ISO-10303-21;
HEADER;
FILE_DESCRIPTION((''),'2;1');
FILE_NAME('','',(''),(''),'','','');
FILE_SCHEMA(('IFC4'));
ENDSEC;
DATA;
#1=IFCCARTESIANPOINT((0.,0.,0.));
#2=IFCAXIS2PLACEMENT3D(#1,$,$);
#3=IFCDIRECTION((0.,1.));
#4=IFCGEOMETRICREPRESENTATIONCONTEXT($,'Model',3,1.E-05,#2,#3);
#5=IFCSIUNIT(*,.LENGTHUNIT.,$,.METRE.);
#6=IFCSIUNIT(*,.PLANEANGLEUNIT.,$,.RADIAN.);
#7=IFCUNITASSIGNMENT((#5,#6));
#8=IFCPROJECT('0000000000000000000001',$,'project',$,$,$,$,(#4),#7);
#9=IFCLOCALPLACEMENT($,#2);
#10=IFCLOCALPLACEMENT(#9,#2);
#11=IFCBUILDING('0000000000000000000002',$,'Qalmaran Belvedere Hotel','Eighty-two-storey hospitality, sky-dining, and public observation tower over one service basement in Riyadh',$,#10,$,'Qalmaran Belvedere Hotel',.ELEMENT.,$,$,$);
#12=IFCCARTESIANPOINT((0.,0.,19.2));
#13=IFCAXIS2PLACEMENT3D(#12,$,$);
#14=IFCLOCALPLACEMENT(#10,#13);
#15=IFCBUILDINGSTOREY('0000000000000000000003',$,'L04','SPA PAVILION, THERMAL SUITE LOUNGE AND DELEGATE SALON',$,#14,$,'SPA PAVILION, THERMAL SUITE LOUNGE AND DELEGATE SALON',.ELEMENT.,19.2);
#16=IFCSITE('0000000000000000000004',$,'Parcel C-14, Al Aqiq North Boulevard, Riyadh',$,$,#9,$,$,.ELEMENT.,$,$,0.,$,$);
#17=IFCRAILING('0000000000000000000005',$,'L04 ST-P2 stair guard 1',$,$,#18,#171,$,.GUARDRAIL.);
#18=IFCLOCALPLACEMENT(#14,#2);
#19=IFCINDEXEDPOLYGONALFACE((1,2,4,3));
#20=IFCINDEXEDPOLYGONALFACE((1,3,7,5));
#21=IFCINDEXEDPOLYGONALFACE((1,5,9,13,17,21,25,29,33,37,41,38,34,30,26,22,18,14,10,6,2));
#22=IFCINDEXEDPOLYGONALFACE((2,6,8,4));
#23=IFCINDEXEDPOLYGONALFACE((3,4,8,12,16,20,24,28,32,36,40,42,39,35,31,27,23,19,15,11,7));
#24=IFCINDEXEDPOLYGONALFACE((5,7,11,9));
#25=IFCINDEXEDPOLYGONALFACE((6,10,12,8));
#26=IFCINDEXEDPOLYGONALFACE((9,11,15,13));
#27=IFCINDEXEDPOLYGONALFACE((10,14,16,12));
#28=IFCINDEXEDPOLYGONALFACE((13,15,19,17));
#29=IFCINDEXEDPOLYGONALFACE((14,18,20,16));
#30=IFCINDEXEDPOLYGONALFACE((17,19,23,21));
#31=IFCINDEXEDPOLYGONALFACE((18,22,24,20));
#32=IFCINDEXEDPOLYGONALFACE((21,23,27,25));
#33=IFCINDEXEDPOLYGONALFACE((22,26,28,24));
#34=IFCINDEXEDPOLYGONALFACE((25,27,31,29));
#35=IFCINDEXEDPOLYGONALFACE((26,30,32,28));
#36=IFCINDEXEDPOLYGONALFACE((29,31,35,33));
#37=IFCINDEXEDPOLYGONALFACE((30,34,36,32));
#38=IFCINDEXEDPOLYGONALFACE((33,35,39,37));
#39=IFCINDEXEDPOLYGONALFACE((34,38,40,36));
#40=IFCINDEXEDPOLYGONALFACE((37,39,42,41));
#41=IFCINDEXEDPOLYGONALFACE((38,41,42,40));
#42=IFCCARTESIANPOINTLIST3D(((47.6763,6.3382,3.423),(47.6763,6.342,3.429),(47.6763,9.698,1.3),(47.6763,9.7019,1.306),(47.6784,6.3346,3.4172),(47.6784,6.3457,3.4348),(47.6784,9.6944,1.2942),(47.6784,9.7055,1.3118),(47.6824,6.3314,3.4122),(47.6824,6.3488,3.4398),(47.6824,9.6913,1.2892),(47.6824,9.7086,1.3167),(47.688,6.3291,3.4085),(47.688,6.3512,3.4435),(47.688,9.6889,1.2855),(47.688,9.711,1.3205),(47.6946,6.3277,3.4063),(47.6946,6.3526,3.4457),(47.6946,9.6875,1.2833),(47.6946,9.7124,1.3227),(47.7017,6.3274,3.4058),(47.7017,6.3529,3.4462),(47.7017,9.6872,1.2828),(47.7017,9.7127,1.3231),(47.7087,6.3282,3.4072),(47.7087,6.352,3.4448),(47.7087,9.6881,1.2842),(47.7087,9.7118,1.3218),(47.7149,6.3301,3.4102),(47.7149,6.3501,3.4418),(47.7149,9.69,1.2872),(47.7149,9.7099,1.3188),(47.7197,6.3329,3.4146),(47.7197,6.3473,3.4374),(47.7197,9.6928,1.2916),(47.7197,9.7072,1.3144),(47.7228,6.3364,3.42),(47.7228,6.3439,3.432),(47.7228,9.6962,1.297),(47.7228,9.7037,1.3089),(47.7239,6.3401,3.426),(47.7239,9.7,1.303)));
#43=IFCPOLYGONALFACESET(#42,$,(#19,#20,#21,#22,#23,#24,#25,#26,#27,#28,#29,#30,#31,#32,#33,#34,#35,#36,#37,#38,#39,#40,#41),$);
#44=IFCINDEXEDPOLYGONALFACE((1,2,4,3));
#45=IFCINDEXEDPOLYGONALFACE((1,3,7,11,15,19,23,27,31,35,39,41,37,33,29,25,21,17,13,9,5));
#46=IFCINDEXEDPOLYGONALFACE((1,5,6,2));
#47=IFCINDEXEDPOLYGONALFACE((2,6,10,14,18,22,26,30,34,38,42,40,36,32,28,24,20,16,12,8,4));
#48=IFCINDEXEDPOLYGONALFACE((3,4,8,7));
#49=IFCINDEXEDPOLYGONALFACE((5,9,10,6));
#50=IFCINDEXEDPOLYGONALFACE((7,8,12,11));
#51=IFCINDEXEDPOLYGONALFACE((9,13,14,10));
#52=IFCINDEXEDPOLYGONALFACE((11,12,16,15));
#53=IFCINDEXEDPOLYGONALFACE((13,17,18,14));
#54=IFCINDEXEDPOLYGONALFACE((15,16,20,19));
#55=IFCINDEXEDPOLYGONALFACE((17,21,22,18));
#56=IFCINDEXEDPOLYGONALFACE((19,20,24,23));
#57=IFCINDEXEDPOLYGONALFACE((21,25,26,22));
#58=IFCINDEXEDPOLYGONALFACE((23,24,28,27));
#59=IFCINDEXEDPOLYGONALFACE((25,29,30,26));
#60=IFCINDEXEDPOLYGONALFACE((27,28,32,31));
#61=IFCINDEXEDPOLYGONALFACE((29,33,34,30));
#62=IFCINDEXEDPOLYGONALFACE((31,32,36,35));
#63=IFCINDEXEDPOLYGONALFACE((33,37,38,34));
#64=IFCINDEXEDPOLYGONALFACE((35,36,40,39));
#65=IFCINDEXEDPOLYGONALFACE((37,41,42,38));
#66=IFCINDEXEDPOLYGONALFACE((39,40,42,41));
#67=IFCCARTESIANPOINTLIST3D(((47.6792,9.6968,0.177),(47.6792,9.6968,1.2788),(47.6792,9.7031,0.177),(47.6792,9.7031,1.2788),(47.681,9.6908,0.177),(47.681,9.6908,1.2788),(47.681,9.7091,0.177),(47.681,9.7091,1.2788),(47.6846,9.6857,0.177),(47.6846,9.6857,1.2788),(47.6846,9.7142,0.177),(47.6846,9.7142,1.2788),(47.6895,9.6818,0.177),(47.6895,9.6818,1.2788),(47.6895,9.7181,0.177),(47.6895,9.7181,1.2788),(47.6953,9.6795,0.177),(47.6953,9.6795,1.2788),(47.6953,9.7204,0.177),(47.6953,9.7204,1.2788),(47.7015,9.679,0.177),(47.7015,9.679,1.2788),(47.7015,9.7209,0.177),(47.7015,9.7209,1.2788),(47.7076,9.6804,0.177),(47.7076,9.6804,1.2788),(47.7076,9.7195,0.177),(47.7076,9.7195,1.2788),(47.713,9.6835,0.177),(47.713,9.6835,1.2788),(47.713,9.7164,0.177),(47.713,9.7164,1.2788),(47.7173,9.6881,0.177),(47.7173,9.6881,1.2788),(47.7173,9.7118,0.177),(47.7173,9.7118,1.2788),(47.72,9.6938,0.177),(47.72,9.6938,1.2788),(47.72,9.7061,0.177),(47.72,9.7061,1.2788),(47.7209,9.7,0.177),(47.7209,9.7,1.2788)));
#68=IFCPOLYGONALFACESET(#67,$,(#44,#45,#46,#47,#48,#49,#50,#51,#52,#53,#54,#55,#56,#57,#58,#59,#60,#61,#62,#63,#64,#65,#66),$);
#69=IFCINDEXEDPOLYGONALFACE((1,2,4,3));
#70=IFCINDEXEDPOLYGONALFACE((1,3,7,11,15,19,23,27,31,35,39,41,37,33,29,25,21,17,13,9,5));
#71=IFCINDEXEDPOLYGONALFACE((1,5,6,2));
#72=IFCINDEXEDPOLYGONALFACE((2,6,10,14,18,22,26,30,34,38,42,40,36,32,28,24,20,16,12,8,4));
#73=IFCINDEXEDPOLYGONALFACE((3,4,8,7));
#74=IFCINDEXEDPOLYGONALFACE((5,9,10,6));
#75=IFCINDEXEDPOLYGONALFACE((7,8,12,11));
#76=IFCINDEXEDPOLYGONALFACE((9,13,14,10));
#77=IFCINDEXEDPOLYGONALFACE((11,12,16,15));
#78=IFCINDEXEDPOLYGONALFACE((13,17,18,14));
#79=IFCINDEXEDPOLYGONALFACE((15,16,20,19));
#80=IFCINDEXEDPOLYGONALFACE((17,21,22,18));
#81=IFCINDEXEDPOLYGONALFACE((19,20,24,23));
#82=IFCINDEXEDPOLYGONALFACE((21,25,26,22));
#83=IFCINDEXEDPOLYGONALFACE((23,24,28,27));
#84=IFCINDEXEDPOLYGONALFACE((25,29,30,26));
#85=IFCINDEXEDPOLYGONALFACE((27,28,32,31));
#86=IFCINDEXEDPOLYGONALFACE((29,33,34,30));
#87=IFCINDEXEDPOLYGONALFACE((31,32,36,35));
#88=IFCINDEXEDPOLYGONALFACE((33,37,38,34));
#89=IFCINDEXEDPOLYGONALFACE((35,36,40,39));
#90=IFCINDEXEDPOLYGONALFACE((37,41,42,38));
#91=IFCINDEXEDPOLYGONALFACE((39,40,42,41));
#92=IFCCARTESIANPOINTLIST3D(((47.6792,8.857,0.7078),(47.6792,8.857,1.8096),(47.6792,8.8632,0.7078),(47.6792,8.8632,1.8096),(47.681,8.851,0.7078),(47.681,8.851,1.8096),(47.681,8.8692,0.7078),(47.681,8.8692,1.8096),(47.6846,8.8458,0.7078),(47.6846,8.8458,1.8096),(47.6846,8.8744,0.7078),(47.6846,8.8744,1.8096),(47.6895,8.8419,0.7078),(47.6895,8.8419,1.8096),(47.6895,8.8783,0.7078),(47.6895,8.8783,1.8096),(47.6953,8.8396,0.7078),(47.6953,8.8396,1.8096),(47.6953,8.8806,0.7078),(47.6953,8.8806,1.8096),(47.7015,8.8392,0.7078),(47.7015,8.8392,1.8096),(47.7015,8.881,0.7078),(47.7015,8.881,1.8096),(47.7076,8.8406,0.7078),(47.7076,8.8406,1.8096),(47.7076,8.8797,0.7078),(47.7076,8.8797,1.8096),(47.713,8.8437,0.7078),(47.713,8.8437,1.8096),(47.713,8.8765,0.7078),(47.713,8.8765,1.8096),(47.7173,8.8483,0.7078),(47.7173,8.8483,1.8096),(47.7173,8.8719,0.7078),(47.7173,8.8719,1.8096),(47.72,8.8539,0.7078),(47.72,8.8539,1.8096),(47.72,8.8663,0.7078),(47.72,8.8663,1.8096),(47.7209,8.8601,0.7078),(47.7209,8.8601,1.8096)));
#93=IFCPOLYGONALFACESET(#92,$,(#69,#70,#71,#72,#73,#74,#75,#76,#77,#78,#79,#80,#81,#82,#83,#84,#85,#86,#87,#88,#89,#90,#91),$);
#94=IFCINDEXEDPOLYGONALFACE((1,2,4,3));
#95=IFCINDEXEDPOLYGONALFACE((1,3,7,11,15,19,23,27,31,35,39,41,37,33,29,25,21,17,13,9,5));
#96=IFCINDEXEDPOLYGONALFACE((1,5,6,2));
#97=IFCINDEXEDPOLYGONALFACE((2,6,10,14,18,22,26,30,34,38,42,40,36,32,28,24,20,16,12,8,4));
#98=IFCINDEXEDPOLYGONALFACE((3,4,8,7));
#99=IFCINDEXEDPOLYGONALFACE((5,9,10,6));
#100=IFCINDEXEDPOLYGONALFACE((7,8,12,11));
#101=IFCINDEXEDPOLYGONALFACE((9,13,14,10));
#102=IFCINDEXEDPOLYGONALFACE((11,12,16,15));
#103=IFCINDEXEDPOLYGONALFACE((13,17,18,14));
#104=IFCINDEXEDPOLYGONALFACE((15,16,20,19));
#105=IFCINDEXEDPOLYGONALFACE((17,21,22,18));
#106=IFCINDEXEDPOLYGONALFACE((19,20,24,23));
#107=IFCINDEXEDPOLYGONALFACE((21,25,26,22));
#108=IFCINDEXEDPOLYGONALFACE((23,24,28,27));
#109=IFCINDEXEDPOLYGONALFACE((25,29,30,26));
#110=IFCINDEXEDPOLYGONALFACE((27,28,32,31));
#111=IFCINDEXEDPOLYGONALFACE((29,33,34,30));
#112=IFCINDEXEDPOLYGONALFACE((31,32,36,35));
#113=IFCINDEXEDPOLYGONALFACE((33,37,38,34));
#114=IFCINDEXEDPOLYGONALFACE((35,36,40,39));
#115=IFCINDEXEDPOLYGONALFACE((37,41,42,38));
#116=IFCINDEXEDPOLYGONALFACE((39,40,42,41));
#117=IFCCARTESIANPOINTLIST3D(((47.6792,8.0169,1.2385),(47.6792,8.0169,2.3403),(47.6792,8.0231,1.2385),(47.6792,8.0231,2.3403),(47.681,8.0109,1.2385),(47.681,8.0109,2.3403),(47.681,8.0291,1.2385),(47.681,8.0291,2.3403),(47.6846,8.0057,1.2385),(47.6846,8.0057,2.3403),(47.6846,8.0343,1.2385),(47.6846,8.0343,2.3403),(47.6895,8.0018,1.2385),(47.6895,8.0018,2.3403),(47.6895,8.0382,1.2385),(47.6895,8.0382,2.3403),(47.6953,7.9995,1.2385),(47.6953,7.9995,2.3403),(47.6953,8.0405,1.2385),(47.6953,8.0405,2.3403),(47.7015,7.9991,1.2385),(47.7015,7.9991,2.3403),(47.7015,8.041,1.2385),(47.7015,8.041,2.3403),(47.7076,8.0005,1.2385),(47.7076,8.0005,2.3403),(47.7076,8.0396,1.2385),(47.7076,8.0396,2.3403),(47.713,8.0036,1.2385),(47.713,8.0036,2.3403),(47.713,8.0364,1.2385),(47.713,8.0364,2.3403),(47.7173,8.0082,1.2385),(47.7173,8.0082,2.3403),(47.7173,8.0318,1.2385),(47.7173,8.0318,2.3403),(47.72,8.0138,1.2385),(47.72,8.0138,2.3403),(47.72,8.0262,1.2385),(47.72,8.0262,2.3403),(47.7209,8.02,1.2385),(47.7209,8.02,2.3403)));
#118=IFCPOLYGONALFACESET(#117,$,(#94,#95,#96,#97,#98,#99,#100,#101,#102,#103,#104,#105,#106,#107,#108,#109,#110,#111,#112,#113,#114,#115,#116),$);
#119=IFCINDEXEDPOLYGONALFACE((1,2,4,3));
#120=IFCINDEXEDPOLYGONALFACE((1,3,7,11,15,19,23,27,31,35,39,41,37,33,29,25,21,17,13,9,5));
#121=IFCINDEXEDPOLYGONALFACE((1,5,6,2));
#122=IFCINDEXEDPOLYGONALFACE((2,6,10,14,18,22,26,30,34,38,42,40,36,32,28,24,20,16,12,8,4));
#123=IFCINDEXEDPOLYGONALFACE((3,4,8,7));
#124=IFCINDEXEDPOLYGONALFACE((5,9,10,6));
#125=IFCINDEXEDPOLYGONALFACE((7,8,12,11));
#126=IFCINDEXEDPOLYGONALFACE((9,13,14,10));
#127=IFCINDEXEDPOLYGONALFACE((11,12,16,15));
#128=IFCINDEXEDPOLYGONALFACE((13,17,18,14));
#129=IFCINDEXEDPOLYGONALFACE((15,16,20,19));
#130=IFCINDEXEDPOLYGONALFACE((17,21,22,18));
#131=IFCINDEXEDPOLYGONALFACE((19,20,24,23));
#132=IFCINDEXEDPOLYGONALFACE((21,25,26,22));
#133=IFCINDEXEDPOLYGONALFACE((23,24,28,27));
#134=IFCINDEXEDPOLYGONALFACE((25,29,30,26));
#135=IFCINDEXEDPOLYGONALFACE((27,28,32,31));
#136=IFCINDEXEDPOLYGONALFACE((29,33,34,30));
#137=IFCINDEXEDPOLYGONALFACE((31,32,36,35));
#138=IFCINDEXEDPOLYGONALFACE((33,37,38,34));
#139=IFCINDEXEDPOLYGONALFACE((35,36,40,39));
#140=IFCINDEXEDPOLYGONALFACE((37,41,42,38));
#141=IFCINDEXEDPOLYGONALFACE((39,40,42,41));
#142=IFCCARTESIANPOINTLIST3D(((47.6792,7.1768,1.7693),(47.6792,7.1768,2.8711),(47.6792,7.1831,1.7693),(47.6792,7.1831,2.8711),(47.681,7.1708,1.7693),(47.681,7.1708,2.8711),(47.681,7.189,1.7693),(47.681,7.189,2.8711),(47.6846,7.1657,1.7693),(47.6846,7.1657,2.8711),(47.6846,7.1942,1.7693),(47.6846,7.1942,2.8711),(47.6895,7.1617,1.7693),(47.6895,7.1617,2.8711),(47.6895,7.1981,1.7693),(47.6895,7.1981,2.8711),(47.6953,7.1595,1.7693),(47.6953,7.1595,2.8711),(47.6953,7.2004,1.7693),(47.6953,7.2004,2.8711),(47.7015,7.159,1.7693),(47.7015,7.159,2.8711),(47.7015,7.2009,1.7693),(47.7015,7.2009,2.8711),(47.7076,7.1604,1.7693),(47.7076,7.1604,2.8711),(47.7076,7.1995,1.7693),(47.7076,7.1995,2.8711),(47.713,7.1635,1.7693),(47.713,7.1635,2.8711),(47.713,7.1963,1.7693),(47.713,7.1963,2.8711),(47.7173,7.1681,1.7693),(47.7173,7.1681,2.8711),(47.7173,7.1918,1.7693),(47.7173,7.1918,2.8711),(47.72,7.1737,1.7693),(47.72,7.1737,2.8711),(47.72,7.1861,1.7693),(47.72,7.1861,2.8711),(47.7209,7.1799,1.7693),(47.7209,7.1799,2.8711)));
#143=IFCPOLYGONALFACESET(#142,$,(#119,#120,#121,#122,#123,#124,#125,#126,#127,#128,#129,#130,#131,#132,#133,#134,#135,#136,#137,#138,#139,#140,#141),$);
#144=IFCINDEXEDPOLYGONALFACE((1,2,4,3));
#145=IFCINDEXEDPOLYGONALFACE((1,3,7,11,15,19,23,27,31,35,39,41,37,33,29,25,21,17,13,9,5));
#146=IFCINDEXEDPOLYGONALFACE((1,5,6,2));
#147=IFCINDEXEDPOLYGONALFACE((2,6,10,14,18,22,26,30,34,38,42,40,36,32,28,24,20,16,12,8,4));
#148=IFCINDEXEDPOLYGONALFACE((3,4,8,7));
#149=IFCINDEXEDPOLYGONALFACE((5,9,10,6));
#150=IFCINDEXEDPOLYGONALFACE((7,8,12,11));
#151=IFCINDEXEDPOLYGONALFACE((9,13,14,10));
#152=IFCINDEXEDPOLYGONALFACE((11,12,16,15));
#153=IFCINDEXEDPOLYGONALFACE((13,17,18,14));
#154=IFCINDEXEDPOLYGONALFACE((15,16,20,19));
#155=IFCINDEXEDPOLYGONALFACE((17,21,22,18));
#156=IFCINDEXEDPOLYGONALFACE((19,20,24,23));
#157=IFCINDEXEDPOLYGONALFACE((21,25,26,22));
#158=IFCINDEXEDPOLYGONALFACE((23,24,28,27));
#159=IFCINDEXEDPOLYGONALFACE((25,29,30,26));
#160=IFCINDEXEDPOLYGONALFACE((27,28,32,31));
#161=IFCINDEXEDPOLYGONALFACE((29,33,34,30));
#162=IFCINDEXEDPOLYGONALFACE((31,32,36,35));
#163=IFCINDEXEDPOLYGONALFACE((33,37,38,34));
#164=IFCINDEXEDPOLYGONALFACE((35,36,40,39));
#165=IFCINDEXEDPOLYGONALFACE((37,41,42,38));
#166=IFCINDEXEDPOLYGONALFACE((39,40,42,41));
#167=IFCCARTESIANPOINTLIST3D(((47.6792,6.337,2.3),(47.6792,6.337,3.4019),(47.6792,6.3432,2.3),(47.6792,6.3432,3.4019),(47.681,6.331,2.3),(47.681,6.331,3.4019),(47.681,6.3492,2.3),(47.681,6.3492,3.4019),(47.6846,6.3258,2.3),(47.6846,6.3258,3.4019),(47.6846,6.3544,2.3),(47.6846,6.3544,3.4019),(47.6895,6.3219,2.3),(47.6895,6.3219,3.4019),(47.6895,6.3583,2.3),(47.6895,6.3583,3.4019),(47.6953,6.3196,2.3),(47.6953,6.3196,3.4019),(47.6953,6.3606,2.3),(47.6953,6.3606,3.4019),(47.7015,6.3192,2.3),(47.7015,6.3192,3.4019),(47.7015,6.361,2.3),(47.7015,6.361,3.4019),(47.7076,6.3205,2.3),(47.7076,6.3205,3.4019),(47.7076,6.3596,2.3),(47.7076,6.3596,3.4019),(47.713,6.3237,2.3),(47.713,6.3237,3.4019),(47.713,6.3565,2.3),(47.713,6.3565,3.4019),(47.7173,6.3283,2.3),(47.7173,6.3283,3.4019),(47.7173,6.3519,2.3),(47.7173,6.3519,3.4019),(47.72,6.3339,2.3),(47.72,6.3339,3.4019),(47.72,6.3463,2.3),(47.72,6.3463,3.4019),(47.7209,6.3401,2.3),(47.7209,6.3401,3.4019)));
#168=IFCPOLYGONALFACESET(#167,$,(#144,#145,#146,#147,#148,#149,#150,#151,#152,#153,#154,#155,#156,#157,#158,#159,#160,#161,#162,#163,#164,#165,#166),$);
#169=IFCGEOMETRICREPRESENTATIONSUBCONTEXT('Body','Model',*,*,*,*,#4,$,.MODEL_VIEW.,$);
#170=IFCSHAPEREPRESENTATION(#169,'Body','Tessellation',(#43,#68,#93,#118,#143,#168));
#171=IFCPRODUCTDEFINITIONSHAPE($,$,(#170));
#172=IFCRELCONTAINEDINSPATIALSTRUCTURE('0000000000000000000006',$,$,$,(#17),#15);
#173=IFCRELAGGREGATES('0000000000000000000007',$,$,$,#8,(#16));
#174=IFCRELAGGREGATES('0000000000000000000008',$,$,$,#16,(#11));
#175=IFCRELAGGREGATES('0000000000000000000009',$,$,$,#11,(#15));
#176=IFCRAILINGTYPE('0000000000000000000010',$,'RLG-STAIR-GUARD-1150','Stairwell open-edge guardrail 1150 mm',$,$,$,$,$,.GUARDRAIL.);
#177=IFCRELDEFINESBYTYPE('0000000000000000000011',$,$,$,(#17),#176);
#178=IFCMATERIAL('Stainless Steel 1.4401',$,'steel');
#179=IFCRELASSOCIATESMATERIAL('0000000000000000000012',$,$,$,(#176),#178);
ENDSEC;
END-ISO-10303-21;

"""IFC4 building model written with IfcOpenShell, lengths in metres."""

from ifc_helpers import new_model, si_unit, direction, frame, origin, origin_2d, place, context, subcontext, project, spatial, circle, extrude, material, type_object, element, save


model = new_model("IFC4")

# Units and contexts
model_context = context("Model", 3, precision=1e-05, world=origin(), true_north=direction((0.0, 1.0)))
body_context = subcontext(model_context, "Body", "Model", "MODEL_VIEW")
ifc_project = project(units=[si_unit("LENGTHUNIT", "METRE"), si_unit("PLANEANGLEUNIT", "RADIAN")], contexts=[model_context])

# Site, building, storey
site_placement = place(None, origin())
site = spatial("IfcSite", under=ifc_project, at=site_placement, Name="Parcel C-14, Al Aqiq North Boulevard, Riyadh", CompositionType="ELEMENT", RefElevation=0.0)
building_placement = place(site_placement, origin())
building = spatial("IfcBuilding", under=site, at=building_placement, Name="Qalmaran Belvedere Hotel", Description="Eighty-two-storey hospitality, sky-dining, and public observation tower over one service basement in Riyadh", LongName="Qalmaran Belvedere Hotel", CompositionType="ELEMENT")
storey_placement = place(building_placement, frame((0.0, 0.0, 19.2)))
storey = spatial("IfcBuildingStorey", under=building, at=storey_placement, Name="L04", Description="SPA PAVILION, THERMAL SUITE LOUNGE AND DELEGATE SALON", LongName="SPA PAVILION, THERMAL SUITE LOUNGE AND DELEGATE SALON", CompositionType="ELEMENT", Elevation=19.2)

# Railing
ifc_material_1 = material(Name="Stainless Steel 1.4401", Category="steel")
railing_type_1 = type_object("IfcRailingType", Name="RLG-STAIR-GUARD-1150", Description="Stairwell open-edge guardrail 1150 mm", PredefinedType="GUARDRAIL", material=ifc_material_1)
railing_1_placement = place(storey_placement, frame((47.7, 9.7, 0.177)))
element("IfcRailing", 1, at=railing_1_placement, inside=storey, type_object=railing_type_1, Name="L04 ST-P2 stair guard 1", PredefinedType="GUARDRAIL", context=body_context, shape_type="SweptSolid", body=[
    extrude(circle(Radius=0.0239, at=origin_2d()), frame((0.0, 0.0, 1.126), z_axis=(0.0, -0.845372, 0.534178), x_axis=(1.0, 0.0, 0.0)), (0.0, 0.0, 1.0), 3.9744),
    extrude(circle(Radius=0.021, at=origin_2d()), origin(), (0.0, 0.0, 1.0), 1.1018),
    extrude(circle(Radius=0.021, at=origin_2d()), frame((0.0, -0.8398, 0.5308)), (0.0, 0.0, 1.0), 1.1018),
    extrude(circle(Radius=0.021, at=origin_2d()), frame((0.0, -1.6799, 1.0615)), (0.0, 0.0, 1.0), 1.1018),
    extrude(circle(Radius=0.021, at=origin_2d()), frame((0.0, -2.52, 1.5923)), (0.0, 0.0, 1.0), 1.1018),
    extrude(circle(Radius=0.021, at=origin_2d()), frame((0.0, -3.3599, 2.123)), (0.0, 0.0, 1.0), 1.1018),
])

save(model, "model.ifc")
